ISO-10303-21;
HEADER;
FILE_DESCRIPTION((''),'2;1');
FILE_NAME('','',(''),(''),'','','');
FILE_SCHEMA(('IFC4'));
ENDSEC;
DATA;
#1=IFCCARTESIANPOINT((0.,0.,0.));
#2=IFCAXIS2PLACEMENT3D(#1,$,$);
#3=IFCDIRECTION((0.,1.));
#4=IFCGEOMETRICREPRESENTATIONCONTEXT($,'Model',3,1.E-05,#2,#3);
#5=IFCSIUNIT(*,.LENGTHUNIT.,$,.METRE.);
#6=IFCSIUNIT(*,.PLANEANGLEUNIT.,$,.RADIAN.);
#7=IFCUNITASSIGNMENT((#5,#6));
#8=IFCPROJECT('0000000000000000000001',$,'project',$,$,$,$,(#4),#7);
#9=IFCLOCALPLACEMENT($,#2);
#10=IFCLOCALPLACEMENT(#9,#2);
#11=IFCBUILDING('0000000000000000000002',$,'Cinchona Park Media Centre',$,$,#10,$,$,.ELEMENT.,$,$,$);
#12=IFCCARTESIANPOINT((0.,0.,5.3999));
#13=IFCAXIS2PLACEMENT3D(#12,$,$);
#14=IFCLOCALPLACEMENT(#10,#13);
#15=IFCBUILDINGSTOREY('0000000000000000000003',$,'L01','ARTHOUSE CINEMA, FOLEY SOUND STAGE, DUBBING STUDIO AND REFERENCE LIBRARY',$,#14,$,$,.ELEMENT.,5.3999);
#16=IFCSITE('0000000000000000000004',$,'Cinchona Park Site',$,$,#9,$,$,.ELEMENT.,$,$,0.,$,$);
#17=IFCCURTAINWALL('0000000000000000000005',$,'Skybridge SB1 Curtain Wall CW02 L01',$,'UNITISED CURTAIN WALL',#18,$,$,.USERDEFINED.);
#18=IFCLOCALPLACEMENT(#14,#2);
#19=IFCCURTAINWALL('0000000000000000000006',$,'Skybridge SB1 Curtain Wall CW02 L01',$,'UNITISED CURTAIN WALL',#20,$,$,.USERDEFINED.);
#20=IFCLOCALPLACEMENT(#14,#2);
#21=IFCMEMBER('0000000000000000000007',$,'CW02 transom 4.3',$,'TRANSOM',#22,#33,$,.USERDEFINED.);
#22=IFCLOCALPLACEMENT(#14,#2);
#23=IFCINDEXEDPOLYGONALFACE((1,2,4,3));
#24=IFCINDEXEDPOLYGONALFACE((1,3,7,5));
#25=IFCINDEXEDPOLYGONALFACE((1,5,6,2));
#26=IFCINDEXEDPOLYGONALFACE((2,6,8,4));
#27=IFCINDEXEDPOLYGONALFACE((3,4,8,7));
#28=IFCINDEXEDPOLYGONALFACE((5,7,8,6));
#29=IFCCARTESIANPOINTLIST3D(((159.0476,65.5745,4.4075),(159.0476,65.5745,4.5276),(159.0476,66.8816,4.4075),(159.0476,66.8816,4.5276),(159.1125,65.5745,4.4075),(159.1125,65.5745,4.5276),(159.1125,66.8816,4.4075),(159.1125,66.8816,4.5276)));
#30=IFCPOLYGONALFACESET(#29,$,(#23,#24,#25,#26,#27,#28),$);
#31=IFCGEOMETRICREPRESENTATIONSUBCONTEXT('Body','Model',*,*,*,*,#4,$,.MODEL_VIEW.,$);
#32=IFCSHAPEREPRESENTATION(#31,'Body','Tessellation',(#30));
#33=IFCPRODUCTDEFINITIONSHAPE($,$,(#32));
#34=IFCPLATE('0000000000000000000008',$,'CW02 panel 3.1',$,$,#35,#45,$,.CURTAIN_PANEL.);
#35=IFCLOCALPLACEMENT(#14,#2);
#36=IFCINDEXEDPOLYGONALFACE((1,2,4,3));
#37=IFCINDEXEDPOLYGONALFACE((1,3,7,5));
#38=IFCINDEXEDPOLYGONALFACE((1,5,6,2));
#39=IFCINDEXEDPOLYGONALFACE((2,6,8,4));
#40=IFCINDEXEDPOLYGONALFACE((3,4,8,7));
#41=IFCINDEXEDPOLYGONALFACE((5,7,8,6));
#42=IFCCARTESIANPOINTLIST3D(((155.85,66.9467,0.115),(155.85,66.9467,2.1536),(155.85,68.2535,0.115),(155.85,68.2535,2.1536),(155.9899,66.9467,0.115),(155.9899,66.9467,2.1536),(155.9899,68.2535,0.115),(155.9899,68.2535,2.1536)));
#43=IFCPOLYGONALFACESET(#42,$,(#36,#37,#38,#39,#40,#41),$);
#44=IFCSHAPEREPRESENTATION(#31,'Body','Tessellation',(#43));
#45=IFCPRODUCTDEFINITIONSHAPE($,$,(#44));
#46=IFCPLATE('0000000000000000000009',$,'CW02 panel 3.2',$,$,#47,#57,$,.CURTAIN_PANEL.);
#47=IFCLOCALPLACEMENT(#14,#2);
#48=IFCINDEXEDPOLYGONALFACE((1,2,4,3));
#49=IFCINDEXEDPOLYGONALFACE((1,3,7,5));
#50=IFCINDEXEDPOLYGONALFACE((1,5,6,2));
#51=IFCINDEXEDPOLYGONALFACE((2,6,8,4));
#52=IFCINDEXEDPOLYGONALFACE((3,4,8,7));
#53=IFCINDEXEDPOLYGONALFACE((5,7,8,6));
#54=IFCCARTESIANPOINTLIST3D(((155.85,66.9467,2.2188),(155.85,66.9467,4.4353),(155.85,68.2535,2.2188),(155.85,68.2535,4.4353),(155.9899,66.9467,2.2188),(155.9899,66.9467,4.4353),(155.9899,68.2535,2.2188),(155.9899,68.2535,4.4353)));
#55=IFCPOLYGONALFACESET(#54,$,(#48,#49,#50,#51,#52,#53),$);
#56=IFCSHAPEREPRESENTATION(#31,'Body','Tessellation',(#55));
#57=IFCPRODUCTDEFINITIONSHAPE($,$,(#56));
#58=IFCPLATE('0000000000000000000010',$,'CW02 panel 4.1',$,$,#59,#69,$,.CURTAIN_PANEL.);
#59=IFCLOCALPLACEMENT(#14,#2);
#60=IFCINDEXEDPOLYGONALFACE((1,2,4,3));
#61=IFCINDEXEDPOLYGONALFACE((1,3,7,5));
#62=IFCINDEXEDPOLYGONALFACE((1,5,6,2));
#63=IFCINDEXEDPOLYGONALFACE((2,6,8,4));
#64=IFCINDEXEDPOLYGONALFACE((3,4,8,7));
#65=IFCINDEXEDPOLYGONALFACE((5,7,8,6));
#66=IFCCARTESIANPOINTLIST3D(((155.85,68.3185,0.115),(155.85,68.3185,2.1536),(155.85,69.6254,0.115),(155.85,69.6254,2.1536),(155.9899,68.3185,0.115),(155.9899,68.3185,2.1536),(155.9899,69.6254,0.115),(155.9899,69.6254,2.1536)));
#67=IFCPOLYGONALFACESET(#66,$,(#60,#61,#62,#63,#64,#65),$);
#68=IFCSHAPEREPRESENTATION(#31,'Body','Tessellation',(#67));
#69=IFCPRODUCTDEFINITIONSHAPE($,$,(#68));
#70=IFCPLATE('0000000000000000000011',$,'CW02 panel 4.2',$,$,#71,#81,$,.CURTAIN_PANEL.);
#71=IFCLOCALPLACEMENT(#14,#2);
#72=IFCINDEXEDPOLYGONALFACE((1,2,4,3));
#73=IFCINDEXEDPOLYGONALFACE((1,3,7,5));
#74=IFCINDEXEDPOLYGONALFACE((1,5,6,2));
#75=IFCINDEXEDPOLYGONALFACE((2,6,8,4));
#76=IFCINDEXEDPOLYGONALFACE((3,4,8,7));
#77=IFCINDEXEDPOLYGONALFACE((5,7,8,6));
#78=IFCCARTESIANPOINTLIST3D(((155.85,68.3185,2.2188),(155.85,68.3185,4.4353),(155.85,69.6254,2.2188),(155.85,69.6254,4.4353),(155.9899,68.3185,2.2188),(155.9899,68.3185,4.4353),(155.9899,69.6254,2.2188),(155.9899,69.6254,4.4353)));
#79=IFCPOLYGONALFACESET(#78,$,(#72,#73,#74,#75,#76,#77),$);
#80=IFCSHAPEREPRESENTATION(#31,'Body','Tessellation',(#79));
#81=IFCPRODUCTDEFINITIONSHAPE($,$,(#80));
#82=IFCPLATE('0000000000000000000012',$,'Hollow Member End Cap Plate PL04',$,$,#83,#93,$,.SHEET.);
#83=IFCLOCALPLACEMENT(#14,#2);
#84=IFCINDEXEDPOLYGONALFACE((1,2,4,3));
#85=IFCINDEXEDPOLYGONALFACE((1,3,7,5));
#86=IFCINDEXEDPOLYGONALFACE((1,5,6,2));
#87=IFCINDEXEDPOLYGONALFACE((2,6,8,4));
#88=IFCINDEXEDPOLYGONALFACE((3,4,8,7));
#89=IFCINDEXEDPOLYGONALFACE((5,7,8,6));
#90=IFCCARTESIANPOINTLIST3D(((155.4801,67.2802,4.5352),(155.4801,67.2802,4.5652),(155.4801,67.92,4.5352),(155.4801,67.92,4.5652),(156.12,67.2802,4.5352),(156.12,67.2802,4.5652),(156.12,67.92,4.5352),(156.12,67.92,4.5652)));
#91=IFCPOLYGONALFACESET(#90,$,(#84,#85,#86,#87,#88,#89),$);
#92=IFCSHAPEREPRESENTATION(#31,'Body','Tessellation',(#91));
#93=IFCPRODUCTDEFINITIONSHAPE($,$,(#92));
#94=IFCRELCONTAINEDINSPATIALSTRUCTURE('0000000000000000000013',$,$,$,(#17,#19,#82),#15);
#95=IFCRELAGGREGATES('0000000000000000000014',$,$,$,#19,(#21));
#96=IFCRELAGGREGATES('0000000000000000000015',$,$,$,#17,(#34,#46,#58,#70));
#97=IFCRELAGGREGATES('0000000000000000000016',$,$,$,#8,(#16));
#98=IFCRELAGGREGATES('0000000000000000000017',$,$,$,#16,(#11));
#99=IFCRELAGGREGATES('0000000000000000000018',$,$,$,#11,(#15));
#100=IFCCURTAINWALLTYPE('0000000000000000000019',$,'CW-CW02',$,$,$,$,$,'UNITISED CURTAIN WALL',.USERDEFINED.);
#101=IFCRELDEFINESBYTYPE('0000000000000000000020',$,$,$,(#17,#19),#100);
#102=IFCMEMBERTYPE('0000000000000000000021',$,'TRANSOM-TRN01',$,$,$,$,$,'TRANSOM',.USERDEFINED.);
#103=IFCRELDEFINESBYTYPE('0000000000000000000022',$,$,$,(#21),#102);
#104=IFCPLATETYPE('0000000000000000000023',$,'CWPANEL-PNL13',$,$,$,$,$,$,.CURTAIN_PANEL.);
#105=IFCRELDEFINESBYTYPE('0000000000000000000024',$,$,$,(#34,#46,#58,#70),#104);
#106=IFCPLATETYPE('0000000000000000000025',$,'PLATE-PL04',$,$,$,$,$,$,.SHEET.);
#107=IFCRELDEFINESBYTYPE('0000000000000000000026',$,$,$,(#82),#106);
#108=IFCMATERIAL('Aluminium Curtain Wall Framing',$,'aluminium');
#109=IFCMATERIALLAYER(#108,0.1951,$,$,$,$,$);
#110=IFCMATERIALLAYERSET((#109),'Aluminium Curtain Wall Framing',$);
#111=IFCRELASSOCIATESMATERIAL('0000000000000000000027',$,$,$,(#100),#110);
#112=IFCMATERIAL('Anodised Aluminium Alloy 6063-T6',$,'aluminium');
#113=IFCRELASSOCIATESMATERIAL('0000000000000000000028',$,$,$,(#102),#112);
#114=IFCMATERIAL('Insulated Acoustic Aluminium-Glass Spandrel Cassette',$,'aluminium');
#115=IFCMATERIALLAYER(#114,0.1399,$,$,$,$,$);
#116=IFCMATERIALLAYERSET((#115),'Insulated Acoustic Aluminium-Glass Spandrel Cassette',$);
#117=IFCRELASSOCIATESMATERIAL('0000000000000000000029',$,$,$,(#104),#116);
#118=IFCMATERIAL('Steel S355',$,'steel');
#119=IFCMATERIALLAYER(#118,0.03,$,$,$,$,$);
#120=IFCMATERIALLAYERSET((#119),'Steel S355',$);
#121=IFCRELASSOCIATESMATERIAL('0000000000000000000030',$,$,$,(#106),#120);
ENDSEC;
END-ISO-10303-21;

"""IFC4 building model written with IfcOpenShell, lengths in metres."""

from ifc_helpers import new_model, si_unit, direction, frame, origin, origin_2d, place, context, subcontext, project, spatial, rectangle, extrude, material, layer, layer_set, material_profile, profile_set, type_object, element, aggregate, save


model = new_model("IFC4")

# Units and contexts
model_context = context("Model", 3, precision=1e-05, world=origin(), true_north=direction((0.0, 1.0)))
body_context = subcontext(model_context, "Body", "Model", "MODEL_VIEW")
ifc_project = project(units=[si_unit("LENGTHUNIT", "METRE"), si_unit("PLANEANGLEUNIT", "RADIAN")], contexts=[model_context])

# Site, building, storey
site_placement = place(None, origin())
site = spatial("IfcSite", under=ifc_project, at=site_placement, Name="Cinchona Park Site", CompositionType="ELEMENT", RefElevation=0.0)
building_placement = place(site_placement, origin())
building = spatial("IfcBuilding", under=site, at=building_placement, Name="Cinchona Park Media Centre", CompositionType="ELEMENT")
storey_placement = place(building_placement, frame((0.0, 0.0, 5.3999)))
storey = spatial("IfcBuildingStorey", under=building, at=storey_placement, Name="L01", Description="ARTHOUSE CINEMA, FOLEY SOUND STAGE, DUBBING STUDIO AND REFERENCE LIBRARY", CompositionType="ELEMENT", Elevation=5.3999)

# Curtain walls, member
ifc_material_1 = material(Name="Aluminium Curtain Wall Framing", Category="aluminium")
ifc_layer_1 = layer(ifc_material_1, 0.1951)
ifc_layer_set_1 = layer_set([ifc_layer_1], Name="Aluminium Curtain Wall Framing")
curtain_wall_type = type_object("IfcCurtainWallType", Name="CW-CW02", ElementType="UNITISED CURTAIN WALL", PredefinedType="USERDEFINED", material=ifc_layer_set_1)
curtain_wall_1_placement = place(storey_placement, origin())
curtain_wall_1 = element("IfcCurtainWall", 1, at=curtain_wall_1_placement, inside=storey, type_object=curtain_wall_type, Name="Skybridge SB1 Curtain Wall CW02 L01", ObjectType="UNITISED CURTAIN WALL", PredefinedType="USERDEFINED")
ifc_material_2 = material(Name="Anodised Aluminium Alloy 6063-T6", Category="aluminium")
ifc_material_profile_1 = material_profile(ifc_material_2, rectangle(XDim=0.0649, YDim=0.1201, at=origin_2d()), Name="TRN-65X120")
ifc_profile_set_1 = profile_set([ifc_material_profile_1], Name="Anodised Aluminium Alloy 6063-T6")
member_type_1 = type_object("IfcMemberType", Name="TRANSOM-TRN01", ElementType="TRANSOM", PredefinedType="USERDEFINED", material=ifc_profile_set_1)
curtain_wall_2_placement = place(storey_placement, origin())
curtain_wall_2 = element("IfcCurtainWall", 2, at=curtain_wall_2_placement, inside=storey, type_object=curtain_wall_type, Name="Skybridge SB1 Curtain Wall CW02 L01", ObjectType="UNITISED CURTAIN WALL", PredefinedType="USERDEFINED")
member_1_placement = place(storey_placement, frame((159.0801, 66.8816, 4.4675), z_axis=(0.0, -1.0, 0.0), x_axis=(1.0, 0.0, 0.0)))
member_1 = element("IfcMember", 3, at=member_1_placement, type_object=member_type_1, Name="CW02 transom 4.3", ObjectType="TRANSOM", PredefinedType="USERDEFINED", context=body_context, shape_type="SweptSolid", body=[
    extrude(rectangle(XDim=0.0649, YDim=0.1201, at=origin_2d()), origin(), (0.0, 0.0, 1.0), 1.3071),
])
aggregate(curtain_wall_2, [member_1])

# Plates
ifc_material_3 = material(Name="Insulated Acoustic Aluminium-Glass Spandrel Cassette", Category="aluminium")
ifc_layer_2 = layer(ifc_material_3, 0.1399)
ifc_layer_set_2 = layer_set([ifc_layer_2], Name="Insulated Acoustic Aluminium-Glass Spandrel Cassette")
plate_type_1 = type_object("IfcPlateType", Name="CWPANEL-PNL13", PredefinedType="CURTAIN_PANEL", material=ifc_layer_set_2)
plate_1_placement = place(storey_placement, frame((155.9199, 67.6001, 0.115), z_axis=(0.0, 0.0, 1.0), x_axis=(0.0, 1.0, 0.0)))
plate_1 = element("IfcPlate", 4, at=plate_1_placement, type_object=plate_type_1, Name="CW02 panel 3.1", PredefinedType="CURTAIN_PANEL", context=body_context, shape_type="SweptSolid", body=[
    extrude(rectangle(XDim=1.3069, YDim=0.1399, at=origin_2d()), origin(), (0.0, 0.0, 1.0), 2.0386),
])
plate_2_placement = place(storey_placement, frame((155.9199, 67.6001, 2.2188), z_axis=(0.0, 0.0, 1.0), x_axis=(0.0, 1.0, 0.0)))
plate_2 = element("IfcPlate", 5, at=plate_2_placement, type_object=plate_type_1, Name="CW02 panel 3.2", PredefinedType="CURTAIN_PANEL", context=body_context, shape_type="SweptSolid", body=[
    extrude(rectangle(XDim=1.3069, YDim=0.1399, at=origin_2d()), origin(), (0.0, 0.0, 1.0), 2.2166),
])
plate_3_placement = place(storey_placement, frame((155.9199, 68.9719, 0.115), z_axis=(0.0, 0.0, 1.0), x_axis=(0.0, 1.0, 0.0)))
plate_3 = element("IfcPlate", 6, at=plate_3_placement, type_object=plate_type_1, Name="CW02 panel 4.1", PredefinedType="CURTAIN_PANEL", context=body_context, shape_type="SweptSolid", body=[
    extrude(rectangle(XDim=1.3069, YDim=0.1399, at=origin_2d()), origin(), (0.0, 0.0, 1.0), 2.0386),
])
plate_4_placement = place(storey_placement, frame((155.9199, 68.9719, 2.2188), z_axis=(0.0, 0.0, 1.0), x_axis=(0.0, 1.0, 0.0)))
plate_4 = element("IfcPlate", 7, at=plate_4_placement, type_object=plate_type_1, Name="CW02 panel 4.2", PredefinedType="CURTAIN_PANEL", context=body_context, shape_type="SweptSolid", body=[
    extrude(rectangle(XDim=1.3069, YDim=0.1399, at=origin_2d()), origin(), (0.0, 0.0, 1.0), 2.2166),
])
aggregate(curtain_wall_1, [plate_1, plate_2, plate_3, plate_4])
ifc_material_4 = material(Name="Steel S355", Category="steel")
ifc_layer_3 = layer(ifc_material_4, 0.03)
ifc_layer_set_3 = layer_set([ifc_layer_3], Name="Steel S355")
plate_type_2 = type_object("IfcPlateType", Name="PLATE-PL04", PredefinedType="SHEET", material=ifc_layer_set_3)
plate_5_placement = place(storey_placement, frame((155.8, 67.6001, 4.5352), z_axis=(0.0, 0.0, 1.0), x_axis=(1.0, 0.0, 0.0)))
element("IfcPlate", 8, at=plate_5_placement, inside=storey, type_object=plate_type_2, Name="Hollow Member End Cap Plate PL04", PredefinedType="SHEET", context=body_context, shape_type="SweptSolid", body=[
    extrude(rectangle(XDim=0.6399, YDim=0.6399, at=origin_2d()), origin(), (0.0, 0.0, 1.0), 0.03),
])

save(model, "model.ifc")
